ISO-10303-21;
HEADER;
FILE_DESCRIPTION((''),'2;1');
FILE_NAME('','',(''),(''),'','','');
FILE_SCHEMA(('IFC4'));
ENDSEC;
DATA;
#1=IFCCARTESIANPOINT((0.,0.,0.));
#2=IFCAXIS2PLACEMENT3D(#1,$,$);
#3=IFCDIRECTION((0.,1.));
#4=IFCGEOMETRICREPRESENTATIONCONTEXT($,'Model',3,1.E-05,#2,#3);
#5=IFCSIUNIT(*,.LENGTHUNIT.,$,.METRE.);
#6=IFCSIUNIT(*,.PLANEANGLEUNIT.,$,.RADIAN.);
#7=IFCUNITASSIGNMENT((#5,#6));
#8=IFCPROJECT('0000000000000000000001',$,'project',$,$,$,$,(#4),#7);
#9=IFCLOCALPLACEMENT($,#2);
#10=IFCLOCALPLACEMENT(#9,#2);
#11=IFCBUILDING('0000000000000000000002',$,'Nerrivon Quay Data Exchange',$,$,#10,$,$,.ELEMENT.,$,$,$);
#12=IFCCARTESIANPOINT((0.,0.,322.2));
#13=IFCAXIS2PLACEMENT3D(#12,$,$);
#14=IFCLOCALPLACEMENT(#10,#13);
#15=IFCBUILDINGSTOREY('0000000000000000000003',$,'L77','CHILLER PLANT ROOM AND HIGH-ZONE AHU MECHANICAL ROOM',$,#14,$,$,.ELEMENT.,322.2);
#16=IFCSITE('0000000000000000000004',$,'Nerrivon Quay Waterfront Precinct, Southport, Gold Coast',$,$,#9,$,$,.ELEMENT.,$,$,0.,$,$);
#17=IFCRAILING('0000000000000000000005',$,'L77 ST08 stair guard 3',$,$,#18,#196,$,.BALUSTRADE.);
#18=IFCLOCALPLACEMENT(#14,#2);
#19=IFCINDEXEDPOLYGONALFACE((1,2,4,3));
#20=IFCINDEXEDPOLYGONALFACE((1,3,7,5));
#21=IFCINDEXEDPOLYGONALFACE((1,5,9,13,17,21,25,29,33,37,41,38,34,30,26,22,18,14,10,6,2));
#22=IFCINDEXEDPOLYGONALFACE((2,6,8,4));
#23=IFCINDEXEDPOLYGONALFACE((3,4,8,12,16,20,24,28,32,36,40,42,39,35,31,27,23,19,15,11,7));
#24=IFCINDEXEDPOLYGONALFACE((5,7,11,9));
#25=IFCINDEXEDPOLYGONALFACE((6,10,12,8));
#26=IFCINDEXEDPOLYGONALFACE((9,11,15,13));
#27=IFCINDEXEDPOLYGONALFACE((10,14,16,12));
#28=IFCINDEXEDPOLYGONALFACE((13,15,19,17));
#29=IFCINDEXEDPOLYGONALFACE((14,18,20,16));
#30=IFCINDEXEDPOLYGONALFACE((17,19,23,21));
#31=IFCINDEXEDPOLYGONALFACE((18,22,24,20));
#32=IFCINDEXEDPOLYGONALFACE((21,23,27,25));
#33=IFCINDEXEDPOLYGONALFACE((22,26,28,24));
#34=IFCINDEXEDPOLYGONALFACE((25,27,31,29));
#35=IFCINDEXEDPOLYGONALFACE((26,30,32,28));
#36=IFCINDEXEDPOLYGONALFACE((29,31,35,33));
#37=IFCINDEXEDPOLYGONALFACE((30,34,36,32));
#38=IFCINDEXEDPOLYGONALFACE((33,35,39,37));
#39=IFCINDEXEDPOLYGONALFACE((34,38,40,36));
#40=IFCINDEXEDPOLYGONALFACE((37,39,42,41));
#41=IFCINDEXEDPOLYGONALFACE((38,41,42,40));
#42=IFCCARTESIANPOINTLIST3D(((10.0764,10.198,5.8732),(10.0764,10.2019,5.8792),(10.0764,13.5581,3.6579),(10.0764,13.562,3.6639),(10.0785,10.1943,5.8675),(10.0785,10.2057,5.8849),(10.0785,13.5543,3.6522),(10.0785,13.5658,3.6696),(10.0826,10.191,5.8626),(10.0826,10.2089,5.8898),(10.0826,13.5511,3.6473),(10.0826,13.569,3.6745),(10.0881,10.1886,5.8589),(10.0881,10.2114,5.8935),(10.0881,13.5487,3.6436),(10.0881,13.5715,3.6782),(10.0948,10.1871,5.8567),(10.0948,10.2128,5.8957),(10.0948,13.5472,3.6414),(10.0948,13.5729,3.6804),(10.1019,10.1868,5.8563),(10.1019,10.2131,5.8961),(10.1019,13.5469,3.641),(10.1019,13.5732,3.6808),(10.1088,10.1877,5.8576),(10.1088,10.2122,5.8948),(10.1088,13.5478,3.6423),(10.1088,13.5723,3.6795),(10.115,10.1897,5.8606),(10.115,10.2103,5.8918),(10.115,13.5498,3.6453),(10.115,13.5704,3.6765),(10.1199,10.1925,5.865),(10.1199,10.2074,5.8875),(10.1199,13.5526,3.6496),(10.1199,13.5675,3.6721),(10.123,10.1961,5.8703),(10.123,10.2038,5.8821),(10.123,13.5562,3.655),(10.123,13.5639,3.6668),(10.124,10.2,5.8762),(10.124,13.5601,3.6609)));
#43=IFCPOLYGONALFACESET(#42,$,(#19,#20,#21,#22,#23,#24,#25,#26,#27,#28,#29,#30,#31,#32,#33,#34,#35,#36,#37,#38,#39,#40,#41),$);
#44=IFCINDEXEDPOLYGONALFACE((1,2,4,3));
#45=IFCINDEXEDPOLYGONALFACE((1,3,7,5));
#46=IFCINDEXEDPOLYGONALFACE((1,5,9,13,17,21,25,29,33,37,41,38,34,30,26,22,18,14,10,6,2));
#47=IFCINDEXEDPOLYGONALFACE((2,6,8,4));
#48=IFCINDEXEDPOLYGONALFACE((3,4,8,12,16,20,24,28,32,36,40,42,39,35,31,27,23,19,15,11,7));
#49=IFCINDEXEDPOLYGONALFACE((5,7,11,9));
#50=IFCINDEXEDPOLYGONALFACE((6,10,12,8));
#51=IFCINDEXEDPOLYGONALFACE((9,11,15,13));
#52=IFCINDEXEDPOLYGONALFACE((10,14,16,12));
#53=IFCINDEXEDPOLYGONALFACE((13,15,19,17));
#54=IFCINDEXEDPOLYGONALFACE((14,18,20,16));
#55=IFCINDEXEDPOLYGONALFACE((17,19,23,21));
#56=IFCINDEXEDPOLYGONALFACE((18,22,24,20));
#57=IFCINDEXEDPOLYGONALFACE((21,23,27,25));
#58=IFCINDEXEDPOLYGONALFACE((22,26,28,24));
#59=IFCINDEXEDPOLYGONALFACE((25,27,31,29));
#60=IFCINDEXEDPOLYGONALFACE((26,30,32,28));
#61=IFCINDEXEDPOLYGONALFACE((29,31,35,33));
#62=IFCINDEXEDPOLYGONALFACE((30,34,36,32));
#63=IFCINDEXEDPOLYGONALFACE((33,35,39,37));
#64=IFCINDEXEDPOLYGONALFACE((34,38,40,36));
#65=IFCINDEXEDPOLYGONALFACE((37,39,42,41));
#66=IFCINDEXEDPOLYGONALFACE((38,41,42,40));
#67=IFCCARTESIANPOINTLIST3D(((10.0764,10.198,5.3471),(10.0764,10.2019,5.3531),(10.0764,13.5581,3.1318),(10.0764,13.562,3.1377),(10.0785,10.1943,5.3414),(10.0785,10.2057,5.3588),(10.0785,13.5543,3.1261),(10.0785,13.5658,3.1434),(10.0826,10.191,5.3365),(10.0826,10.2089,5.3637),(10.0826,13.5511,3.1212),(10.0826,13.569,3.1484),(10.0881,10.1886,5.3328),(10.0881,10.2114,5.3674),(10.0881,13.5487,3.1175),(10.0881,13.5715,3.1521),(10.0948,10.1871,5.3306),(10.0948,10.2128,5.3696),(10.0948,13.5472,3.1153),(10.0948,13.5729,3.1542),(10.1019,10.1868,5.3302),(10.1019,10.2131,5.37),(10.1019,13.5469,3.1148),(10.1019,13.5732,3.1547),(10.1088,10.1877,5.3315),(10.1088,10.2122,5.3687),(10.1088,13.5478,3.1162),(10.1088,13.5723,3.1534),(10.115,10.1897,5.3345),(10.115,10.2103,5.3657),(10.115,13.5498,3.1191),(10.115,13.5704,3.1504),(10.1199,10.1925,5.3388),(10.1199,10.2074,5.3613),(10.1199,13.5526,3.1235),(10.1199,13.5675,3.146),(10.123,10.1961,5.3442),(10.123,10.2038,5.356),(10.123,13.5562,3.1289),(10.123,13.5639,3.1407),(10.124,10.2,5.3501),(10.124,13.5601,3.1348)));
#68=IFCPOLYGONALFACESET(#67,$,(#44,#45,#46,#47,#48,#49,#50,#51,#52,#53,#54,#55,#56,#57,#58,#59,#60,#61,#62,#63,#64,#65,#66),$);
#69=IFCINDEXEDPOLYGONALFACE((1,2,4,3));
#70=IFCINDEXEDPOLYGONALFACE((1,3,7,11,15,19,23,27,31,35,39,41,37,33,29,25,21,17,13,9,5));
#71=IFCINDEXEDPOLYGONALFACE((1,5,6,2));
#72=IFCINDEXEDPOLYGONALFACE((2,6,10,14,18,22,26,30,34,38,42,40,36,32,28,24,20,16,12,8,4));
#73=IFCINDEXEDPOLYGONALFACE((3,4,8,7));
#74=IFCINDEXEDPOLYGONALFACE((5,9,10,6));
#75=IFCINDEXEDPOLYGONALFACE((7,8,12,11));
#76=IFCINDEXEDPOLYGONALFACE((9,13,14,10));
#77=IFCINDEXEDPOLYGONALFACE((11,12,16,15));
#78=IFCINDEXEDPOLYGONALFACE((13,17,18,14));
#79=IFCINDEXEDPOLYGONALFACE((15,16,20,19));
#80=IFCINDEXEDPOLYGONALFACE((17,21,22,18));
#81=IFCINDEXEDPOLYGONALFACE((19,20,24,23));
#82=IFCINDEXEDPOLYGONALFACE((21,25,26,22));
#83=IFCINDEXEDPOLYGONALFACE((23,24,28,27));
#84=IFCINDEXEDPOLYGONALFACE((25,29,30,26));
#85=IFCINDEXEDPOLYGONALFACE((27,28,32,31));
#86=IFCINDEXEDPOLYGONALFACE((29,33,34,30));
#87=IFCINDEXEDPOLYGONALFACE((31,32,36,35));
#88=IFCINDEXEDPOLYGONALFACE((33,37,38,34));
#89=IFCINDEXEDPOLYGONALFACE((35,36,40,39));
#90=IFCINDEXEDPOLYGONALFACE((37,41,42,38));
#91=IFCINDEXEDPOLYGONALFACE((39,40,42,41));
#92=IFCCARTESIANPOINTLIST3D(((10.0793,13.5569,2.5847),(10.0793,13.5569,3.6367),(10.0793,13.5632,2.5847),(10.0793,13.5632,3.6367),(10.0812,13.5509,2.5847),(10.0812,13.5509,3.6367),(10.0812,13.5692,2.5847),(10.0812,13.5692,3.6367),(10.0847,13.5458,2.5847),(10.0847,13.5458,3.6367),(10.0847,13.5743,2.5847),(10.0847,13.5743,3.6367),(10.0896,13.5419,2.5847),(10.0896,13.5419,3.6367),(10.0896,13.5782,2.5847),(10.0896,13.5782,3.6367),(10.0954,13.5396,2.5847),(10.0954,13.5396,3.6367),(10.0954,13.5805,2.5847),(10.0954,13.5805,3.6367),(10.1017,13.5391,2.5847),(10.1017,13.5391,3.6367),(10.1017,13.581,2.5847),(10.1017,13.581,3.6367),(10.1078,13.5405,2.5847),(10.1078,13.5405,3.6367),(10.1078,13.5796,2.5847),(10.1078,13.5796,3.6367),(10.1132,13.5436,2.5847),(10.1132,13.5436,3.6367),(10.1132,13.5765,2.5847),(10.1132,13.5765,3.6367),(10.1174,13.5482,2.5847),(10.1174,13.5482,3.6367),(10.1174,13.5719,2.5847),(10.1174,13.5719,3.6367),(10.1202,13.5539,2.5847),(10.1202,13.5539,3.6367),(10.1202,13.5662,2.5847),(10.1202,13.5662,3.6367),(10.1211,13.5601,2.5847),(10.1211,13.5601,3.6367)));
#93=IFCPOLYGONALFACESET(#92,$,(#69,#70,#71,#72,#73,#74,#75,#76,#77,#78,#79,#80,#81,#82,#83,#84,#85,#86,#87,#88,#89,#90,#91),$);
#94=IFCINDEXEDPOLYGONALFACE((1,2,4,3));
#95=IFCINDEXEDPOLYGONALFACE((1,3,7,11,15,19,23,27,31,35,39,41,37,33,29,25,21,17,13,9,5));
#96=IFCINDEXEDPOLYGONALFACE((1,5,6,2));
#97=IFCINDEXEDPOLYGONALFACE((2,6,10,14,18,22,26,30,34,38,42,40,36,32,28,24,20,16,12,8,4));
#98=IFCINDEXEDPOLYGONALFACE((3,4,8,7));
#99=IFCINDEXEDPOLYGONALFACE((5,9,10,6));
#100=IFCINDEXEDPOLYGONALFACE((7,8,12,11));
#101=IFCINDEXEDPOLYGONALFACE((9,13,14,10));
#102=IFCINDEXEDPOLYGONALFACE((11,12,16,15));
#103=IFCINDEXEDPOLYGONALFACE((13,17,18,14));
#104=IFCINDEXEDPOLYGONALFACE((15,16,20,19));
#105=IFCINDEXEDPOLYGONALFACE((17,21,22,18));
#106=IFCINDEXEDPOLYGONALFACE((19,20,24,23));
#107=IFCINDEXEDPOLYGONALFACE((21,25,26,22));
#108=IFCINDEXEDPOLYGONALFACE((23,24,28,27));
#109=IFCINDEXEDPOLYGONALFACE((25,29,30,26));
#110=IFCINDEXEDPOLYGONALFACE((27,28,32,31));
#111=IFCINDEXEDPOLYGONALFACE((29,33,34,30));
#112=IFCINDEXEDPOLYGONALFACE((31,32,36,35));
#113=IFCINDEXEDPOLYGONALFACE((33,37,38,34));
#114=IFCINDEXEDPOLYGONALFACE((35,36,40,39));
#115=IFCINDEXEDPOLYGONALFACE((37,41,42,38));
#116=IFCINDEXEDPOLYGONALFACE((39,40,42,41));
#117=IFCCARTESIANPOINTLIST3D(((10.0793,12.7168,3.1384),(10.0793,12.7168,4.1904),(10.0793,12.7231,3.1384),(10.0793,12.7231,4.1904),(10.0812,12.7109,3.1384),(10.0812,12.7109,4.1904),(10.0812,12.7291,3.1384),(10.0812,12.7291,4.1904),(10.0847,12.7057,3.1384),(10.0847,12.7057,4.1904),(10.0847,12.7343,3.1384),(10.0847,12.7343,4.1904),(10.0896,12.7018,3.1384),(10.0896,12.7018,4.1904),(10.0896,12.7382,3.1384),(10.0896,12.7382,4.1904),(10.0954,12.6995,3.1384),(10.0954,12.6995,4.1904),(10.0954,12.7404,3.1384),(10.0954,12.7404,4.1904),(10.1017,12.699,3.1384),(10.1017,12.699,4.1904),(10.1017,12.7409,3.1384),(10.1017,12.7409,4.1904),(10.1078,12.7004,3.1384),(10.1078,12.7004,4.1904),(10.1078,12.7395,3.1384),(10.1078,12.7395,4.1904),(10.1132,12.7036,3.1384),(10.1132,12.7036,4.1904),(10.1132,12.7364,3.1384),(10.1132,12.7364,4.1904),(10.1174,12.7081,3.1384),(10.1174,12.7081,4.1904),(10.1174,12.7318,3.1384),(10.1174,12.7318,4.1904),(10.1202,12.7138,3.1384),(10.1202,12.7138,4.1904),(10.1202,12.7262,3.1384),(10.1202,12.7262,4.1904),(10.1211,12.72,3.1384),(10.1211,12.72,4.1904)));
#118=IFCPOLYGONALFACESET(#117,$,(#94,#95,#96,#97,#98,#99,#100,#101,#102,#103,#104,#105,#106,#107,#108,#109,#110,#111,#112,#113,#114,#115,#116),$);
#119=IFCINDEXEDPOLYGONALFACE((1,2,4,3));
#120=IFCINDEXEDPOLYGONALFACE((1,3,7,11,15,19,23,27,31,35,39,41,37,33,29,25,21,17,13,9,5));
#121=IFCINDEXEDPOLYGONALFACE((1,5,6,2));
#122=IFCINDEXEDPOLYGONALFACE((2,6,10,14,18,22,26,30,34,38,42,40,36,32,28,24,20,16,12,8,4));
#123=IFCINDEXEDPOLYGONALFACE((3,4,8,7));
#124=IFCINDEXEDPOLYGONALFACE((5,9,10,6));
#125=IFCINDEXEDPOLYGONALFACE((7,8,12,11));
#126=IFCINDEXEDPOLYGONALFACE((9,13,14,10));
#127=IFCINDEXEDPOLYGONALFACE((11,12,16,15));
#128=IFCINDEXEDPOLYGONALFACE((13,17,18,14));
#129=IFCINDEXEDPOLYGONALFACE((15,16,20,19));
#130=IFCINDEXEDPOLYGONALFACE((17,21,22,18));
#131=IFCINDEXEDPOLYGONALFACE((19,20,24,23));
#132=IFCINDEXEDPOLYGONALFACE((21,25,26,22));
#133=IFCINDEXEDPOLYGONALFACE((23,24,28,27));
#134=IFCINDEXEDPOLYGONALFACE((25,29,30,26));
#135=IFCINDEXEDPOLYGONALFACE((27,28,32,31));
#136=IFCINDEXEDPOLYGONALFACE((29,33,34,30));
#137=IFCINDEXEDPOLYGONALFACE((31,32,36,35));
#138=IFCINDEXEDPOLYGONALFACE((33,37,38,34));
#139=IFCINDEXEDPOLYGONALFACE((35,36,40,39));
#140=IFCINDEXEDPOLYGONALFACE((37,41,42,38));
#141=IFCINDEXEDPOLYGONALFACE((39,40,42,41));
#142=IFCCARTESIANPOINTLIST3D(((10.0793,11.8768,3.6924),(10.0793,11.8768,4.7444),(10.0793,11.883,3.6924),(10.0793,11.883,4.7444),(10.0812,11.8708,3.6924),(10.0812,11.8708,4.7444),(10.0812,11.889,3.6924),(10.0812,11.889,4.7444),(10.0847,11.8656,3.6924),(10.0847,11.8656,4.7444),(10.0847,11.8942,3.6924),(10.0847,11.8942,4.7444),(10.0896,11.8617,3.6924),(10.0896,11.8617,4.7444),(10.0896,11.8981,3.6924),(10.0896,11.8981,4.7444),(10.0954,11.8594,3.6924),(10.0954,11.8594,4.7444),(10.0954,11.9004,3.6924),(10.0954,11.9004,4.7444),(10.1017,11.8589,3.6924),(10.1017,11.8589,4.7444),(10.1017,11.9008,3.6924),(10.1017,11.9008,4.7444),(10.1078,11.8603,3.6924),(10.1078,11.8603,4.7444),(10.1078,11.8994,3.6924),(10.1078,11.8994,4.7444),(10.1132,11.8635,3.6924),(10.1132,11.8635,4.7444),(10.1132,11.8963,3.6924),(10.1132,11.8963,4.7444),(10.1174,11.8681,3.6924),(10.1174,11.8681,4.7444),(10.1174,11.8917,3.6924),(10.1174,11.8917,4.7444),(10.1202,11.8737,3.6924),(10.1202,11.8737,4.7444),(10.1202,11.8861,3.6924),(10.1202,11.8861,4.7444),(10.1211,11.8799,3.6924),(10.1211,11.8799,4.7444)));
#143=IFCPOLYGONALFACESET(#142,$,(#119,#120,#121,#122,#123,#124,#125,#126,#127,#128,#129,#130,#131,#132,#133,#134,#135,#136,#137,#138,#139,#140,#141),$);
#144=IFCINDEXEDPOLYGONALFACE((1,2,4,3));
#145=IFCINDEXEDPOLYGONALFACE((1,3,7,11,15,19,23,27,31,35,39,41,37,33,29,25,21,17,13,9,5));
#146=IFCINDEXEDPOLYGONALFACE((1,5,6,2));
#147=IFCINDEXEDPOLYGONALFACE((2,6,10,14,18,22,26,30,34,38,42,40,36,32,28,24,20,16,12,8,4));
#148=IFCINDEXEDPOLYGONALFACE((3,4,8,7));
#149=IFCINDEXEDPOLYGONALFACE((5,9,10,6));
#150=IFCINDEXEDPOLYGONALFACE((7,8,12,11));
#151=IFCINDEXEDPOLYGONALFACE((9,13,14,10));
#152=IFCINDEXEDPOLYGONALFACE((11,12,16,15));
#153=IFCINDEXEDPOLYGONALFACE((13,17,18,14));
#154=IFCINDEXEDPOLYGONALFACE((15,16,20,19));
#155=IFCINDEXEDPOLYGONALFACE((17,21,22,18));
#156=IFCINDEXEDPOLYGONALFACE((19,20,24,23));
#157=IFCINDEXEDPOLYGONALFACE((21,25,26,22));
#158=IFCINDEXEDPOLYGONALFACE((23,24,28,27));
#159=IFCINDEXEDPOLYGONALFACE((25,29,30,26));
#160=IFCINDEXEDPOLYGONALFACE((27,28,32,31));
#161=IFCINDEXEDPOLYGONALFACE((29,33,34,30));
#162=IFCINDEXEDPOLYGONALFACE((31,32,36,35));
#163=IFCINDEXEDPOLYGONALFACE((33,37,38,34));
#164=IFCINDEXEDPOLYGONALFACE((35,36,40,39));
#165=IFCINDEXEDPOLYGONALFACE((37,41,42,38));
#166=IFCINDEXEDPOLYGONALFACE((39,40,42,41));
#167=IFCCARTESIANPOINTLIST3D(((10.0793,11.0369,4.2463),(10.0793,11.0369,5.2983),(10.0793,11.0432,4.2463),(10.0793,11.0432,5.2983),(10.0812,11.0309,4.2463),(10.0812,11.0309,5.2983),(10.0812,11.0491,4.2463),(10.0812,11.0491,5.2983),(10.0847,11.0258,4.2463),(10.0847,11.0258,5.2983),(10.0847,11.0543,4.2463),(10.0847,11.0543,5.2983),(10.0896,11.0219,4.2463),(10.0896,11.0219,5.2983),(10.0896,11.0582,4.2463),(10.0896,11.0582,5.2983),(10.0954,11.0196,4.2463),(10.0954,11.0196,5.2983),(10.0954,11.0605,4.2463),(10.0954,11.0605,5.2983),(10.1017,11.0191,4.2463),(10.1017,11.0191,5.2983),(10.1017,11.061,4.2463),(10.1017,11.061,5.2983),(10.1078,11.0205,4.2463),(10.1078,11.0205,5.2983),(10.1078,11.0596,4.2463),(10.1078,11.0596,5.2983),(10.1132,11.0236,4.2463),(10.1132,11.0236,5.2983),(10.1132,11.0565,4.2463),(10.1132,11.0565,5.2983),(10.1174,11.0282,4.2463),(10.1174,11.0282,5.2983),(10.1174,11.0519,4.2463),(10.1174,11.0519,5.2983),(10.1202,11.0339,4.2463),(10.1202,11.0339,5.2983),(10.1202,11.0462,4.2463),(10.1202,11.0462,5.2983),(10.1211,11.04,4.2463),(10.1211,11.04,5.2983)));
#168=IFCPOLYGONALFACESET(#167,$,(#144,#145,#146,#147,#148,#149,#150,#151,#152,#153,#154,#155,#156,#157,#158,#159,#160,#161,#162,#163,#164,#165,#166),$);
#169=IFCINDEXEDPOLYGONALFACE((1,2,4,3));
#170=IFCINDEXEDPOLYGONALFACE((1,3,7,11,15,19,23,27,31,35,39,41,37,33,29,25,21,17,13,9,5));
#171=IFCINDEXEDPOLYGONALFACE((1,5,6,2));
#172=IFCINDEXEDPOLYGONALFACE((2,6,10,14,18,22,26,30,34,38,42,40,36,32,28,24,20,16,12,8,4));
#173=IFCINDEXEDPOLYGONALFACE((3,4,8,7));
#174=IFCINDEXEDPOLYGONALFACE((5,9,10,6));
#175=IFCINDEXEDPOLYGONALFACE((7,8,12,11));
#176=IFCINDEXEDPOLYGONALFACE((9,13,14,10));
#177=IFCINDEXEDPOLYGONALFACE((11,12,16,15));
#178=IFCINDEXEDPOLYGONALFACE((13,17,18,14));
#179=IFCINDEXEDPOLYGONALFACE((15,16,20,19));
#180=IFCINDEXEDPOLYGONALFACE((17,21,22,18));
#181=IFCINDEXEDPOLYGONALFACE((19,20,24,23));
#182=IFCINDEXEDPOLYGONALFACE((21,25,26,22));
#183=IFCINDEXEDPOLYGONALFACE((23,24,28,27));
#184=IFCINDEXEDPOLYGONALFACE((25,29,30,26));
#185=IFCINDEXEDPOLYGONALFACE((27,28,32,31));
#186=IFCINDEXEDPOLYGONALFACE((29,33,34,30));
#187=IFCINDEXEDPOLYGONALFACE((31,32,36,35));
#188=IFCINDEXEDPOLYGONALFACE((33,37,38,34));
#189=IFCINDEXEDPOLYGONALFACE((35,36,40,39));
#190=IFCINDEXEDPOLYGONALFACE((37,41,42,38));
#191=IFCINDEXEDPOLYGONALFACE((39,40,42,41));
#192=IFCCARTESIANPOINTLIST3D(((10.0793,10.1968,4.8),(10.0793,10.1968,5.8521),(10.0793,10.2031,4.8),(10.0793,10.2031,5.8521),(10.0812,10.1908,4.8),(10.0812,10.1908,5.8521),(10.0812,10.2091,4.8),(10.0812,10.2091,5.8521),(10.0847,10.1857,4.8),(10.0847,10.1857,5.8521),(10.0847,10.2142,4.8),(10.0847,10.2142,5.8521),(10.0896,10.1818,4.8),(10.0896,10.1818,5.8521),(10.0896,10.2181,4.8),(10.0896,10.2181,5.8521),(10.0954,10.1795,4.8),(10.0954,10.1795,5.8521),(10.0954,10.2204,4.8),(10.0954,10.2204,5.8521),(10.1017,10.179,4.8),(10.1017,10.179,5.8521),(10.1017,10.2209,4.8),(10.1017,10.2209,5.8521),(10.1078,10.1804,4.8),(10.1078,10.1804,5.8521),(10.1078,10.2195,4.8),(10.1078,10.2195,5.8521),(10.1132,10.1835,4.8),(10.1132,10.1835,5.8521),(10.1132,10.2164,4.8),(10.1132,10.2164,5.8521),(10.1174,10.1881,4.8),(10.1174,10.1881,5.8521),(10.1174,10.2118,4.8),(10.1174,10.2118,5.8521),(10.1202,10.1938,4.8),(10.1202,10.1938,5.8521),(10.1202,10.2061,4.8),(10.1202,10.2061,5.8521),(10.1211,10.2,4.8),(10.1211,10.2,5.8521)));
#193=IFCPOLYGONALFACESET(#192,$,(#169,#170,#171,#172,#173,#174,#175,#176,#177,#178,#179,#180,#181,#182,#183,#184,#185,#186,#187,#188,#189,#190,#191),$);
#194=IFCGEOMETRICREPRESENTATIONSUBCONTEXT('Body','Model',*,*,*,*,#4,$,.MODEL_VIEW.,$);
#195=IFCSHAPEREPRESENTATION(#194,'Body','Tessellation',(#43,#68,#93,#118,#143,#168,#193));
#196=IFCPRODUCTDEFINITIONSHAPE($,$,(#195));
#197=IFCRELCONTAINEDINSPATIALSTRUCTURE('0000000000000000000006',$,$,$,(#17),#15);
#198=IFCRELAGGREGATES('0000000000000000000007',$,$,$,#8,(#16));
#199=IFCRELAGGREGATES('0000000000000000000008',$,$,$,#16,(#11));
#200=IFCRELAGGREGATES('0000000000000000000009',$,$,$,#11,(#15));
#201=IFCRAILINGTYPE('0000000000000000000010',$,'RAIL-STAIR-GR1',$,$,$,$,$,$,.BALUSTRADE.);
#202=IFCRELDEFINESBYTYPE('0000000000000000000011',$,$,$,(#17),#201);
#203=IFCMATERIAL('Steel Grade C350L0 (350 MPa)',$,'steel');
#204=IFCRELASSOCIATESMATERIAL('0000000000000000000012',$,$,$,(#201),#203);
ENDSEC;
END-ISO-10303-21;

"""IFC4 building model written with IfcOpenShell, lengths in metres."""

from ifc_helpers import new_model, si_unit, direction, frame, origin, origin_2d, place, context, subcontext, project, spatial, circle, extrude, material, type_object, element, save


model = new_model("IFC4")

# Units and contexts
model_context = context("Model", 3, precision=1e-05, world=origin(), true_north=direction((0.0, 1.0)))
body_context = subcontext(model_context, "Body", "Model", "MODEL_VIEW")
ifc_project = project(units=[si_unit("LENGTHUNIT", "METRE"), si_unit("PLANEANGLEUNIT", "RADIAN")], contexts=[model_context])

# Site, building, storey
site_placement = place(None, origin())
site = spatial("IfcSite", under=ifc_project, at=site_placement, Name="Nerrivon Quay Waterfront Precinct, Southport, Gold Coast", CompositionType="ELEMENT", RefElevation=0.0)
building_placement = place(site_placement, origin())
building = spatial("IfcBuilding", under=site, at=building_placement, Name="Nerrivon Quay Data Exchange", CompositionType="ELEMENT")
storey_placement = place(building_placement, frame((0.0, 0.0, 322.2)))
storey = spatial("IfcBuildingStorey", under=building, at=storey_placement, Name="L77", Description="CHILLER PLANT ROOM AND HIGH-ZONE AHU MECHANICAL ROOM", CompositionType="ELEMENT", Elevation=322.2)

# Railing
ifc_material_1 = material(Name="Steel Grade C350L0 (350 MPa)", Category="steel")
railing_type_1 = type_object("IfcRailingType", Name="RAIL-STAIR-GR1", PredefinedType="BALUSTRADE", material=ifc_material_1)
railing_1_placement = place(storey_placement, frame((10.1001, 13.5601, 2.5847)))
element("IfcRailing", 1, at=railing_1_placement, inside=storey, type_object=railing_type_1, Name="L77 ST08 stair guard 3", PredefinedType="BALUSTRADE", context=body_context, shape_type="SweptSolid", body=[
    extrude(circle(Radius=0.0239, at=origin_2d()), frame((0.0, 0.0, 1.0762), z_axis=(0.0, -0.834876, 0.550437), x_axis=(1.0, 0.0, 0.0)), (0.0, 0.0, 1.0), 4.0247),
    extrude(circle(Radius=0.0239, at=origin_2d()), frame((0.0, 0.0, 0.55), z_axis=(0.0, -0.834876, 0.550437), x_axis=(1.0, 0.0, 0.0)), (0.0, 0.0, 1.0), 4.0247),
    extrude(circle(Radius=0.021, at=origin_2d()), origin(), (0.0, 0.0, 1.0), 1.052),
    extrude(circle(Radius=0.021, at=origin_2d()), frame((0.0, -0.8401, 0.5537)), (0.0, 0.0, 1.0), 1.052),
    extrude(circle(Radius=0.021, at=origin_2d()), frame((0.0, -1.6802, 1.1077)), (0.0, 0.0, 1.0), 1.052),
    extrude(circle(Radius=0.021, at=origin_2d()), frame((0.0, -2.52, 1.6616)), (0.0, 0.0, 1.0), 1.052),
    extrude(circle(Radius=0.021, at=origin_2d()), frame((0.0, -3.3601, 2.2153)), (0.0, 0.0, 1.0), 1.052),
])

save(model, "model.ifc")
